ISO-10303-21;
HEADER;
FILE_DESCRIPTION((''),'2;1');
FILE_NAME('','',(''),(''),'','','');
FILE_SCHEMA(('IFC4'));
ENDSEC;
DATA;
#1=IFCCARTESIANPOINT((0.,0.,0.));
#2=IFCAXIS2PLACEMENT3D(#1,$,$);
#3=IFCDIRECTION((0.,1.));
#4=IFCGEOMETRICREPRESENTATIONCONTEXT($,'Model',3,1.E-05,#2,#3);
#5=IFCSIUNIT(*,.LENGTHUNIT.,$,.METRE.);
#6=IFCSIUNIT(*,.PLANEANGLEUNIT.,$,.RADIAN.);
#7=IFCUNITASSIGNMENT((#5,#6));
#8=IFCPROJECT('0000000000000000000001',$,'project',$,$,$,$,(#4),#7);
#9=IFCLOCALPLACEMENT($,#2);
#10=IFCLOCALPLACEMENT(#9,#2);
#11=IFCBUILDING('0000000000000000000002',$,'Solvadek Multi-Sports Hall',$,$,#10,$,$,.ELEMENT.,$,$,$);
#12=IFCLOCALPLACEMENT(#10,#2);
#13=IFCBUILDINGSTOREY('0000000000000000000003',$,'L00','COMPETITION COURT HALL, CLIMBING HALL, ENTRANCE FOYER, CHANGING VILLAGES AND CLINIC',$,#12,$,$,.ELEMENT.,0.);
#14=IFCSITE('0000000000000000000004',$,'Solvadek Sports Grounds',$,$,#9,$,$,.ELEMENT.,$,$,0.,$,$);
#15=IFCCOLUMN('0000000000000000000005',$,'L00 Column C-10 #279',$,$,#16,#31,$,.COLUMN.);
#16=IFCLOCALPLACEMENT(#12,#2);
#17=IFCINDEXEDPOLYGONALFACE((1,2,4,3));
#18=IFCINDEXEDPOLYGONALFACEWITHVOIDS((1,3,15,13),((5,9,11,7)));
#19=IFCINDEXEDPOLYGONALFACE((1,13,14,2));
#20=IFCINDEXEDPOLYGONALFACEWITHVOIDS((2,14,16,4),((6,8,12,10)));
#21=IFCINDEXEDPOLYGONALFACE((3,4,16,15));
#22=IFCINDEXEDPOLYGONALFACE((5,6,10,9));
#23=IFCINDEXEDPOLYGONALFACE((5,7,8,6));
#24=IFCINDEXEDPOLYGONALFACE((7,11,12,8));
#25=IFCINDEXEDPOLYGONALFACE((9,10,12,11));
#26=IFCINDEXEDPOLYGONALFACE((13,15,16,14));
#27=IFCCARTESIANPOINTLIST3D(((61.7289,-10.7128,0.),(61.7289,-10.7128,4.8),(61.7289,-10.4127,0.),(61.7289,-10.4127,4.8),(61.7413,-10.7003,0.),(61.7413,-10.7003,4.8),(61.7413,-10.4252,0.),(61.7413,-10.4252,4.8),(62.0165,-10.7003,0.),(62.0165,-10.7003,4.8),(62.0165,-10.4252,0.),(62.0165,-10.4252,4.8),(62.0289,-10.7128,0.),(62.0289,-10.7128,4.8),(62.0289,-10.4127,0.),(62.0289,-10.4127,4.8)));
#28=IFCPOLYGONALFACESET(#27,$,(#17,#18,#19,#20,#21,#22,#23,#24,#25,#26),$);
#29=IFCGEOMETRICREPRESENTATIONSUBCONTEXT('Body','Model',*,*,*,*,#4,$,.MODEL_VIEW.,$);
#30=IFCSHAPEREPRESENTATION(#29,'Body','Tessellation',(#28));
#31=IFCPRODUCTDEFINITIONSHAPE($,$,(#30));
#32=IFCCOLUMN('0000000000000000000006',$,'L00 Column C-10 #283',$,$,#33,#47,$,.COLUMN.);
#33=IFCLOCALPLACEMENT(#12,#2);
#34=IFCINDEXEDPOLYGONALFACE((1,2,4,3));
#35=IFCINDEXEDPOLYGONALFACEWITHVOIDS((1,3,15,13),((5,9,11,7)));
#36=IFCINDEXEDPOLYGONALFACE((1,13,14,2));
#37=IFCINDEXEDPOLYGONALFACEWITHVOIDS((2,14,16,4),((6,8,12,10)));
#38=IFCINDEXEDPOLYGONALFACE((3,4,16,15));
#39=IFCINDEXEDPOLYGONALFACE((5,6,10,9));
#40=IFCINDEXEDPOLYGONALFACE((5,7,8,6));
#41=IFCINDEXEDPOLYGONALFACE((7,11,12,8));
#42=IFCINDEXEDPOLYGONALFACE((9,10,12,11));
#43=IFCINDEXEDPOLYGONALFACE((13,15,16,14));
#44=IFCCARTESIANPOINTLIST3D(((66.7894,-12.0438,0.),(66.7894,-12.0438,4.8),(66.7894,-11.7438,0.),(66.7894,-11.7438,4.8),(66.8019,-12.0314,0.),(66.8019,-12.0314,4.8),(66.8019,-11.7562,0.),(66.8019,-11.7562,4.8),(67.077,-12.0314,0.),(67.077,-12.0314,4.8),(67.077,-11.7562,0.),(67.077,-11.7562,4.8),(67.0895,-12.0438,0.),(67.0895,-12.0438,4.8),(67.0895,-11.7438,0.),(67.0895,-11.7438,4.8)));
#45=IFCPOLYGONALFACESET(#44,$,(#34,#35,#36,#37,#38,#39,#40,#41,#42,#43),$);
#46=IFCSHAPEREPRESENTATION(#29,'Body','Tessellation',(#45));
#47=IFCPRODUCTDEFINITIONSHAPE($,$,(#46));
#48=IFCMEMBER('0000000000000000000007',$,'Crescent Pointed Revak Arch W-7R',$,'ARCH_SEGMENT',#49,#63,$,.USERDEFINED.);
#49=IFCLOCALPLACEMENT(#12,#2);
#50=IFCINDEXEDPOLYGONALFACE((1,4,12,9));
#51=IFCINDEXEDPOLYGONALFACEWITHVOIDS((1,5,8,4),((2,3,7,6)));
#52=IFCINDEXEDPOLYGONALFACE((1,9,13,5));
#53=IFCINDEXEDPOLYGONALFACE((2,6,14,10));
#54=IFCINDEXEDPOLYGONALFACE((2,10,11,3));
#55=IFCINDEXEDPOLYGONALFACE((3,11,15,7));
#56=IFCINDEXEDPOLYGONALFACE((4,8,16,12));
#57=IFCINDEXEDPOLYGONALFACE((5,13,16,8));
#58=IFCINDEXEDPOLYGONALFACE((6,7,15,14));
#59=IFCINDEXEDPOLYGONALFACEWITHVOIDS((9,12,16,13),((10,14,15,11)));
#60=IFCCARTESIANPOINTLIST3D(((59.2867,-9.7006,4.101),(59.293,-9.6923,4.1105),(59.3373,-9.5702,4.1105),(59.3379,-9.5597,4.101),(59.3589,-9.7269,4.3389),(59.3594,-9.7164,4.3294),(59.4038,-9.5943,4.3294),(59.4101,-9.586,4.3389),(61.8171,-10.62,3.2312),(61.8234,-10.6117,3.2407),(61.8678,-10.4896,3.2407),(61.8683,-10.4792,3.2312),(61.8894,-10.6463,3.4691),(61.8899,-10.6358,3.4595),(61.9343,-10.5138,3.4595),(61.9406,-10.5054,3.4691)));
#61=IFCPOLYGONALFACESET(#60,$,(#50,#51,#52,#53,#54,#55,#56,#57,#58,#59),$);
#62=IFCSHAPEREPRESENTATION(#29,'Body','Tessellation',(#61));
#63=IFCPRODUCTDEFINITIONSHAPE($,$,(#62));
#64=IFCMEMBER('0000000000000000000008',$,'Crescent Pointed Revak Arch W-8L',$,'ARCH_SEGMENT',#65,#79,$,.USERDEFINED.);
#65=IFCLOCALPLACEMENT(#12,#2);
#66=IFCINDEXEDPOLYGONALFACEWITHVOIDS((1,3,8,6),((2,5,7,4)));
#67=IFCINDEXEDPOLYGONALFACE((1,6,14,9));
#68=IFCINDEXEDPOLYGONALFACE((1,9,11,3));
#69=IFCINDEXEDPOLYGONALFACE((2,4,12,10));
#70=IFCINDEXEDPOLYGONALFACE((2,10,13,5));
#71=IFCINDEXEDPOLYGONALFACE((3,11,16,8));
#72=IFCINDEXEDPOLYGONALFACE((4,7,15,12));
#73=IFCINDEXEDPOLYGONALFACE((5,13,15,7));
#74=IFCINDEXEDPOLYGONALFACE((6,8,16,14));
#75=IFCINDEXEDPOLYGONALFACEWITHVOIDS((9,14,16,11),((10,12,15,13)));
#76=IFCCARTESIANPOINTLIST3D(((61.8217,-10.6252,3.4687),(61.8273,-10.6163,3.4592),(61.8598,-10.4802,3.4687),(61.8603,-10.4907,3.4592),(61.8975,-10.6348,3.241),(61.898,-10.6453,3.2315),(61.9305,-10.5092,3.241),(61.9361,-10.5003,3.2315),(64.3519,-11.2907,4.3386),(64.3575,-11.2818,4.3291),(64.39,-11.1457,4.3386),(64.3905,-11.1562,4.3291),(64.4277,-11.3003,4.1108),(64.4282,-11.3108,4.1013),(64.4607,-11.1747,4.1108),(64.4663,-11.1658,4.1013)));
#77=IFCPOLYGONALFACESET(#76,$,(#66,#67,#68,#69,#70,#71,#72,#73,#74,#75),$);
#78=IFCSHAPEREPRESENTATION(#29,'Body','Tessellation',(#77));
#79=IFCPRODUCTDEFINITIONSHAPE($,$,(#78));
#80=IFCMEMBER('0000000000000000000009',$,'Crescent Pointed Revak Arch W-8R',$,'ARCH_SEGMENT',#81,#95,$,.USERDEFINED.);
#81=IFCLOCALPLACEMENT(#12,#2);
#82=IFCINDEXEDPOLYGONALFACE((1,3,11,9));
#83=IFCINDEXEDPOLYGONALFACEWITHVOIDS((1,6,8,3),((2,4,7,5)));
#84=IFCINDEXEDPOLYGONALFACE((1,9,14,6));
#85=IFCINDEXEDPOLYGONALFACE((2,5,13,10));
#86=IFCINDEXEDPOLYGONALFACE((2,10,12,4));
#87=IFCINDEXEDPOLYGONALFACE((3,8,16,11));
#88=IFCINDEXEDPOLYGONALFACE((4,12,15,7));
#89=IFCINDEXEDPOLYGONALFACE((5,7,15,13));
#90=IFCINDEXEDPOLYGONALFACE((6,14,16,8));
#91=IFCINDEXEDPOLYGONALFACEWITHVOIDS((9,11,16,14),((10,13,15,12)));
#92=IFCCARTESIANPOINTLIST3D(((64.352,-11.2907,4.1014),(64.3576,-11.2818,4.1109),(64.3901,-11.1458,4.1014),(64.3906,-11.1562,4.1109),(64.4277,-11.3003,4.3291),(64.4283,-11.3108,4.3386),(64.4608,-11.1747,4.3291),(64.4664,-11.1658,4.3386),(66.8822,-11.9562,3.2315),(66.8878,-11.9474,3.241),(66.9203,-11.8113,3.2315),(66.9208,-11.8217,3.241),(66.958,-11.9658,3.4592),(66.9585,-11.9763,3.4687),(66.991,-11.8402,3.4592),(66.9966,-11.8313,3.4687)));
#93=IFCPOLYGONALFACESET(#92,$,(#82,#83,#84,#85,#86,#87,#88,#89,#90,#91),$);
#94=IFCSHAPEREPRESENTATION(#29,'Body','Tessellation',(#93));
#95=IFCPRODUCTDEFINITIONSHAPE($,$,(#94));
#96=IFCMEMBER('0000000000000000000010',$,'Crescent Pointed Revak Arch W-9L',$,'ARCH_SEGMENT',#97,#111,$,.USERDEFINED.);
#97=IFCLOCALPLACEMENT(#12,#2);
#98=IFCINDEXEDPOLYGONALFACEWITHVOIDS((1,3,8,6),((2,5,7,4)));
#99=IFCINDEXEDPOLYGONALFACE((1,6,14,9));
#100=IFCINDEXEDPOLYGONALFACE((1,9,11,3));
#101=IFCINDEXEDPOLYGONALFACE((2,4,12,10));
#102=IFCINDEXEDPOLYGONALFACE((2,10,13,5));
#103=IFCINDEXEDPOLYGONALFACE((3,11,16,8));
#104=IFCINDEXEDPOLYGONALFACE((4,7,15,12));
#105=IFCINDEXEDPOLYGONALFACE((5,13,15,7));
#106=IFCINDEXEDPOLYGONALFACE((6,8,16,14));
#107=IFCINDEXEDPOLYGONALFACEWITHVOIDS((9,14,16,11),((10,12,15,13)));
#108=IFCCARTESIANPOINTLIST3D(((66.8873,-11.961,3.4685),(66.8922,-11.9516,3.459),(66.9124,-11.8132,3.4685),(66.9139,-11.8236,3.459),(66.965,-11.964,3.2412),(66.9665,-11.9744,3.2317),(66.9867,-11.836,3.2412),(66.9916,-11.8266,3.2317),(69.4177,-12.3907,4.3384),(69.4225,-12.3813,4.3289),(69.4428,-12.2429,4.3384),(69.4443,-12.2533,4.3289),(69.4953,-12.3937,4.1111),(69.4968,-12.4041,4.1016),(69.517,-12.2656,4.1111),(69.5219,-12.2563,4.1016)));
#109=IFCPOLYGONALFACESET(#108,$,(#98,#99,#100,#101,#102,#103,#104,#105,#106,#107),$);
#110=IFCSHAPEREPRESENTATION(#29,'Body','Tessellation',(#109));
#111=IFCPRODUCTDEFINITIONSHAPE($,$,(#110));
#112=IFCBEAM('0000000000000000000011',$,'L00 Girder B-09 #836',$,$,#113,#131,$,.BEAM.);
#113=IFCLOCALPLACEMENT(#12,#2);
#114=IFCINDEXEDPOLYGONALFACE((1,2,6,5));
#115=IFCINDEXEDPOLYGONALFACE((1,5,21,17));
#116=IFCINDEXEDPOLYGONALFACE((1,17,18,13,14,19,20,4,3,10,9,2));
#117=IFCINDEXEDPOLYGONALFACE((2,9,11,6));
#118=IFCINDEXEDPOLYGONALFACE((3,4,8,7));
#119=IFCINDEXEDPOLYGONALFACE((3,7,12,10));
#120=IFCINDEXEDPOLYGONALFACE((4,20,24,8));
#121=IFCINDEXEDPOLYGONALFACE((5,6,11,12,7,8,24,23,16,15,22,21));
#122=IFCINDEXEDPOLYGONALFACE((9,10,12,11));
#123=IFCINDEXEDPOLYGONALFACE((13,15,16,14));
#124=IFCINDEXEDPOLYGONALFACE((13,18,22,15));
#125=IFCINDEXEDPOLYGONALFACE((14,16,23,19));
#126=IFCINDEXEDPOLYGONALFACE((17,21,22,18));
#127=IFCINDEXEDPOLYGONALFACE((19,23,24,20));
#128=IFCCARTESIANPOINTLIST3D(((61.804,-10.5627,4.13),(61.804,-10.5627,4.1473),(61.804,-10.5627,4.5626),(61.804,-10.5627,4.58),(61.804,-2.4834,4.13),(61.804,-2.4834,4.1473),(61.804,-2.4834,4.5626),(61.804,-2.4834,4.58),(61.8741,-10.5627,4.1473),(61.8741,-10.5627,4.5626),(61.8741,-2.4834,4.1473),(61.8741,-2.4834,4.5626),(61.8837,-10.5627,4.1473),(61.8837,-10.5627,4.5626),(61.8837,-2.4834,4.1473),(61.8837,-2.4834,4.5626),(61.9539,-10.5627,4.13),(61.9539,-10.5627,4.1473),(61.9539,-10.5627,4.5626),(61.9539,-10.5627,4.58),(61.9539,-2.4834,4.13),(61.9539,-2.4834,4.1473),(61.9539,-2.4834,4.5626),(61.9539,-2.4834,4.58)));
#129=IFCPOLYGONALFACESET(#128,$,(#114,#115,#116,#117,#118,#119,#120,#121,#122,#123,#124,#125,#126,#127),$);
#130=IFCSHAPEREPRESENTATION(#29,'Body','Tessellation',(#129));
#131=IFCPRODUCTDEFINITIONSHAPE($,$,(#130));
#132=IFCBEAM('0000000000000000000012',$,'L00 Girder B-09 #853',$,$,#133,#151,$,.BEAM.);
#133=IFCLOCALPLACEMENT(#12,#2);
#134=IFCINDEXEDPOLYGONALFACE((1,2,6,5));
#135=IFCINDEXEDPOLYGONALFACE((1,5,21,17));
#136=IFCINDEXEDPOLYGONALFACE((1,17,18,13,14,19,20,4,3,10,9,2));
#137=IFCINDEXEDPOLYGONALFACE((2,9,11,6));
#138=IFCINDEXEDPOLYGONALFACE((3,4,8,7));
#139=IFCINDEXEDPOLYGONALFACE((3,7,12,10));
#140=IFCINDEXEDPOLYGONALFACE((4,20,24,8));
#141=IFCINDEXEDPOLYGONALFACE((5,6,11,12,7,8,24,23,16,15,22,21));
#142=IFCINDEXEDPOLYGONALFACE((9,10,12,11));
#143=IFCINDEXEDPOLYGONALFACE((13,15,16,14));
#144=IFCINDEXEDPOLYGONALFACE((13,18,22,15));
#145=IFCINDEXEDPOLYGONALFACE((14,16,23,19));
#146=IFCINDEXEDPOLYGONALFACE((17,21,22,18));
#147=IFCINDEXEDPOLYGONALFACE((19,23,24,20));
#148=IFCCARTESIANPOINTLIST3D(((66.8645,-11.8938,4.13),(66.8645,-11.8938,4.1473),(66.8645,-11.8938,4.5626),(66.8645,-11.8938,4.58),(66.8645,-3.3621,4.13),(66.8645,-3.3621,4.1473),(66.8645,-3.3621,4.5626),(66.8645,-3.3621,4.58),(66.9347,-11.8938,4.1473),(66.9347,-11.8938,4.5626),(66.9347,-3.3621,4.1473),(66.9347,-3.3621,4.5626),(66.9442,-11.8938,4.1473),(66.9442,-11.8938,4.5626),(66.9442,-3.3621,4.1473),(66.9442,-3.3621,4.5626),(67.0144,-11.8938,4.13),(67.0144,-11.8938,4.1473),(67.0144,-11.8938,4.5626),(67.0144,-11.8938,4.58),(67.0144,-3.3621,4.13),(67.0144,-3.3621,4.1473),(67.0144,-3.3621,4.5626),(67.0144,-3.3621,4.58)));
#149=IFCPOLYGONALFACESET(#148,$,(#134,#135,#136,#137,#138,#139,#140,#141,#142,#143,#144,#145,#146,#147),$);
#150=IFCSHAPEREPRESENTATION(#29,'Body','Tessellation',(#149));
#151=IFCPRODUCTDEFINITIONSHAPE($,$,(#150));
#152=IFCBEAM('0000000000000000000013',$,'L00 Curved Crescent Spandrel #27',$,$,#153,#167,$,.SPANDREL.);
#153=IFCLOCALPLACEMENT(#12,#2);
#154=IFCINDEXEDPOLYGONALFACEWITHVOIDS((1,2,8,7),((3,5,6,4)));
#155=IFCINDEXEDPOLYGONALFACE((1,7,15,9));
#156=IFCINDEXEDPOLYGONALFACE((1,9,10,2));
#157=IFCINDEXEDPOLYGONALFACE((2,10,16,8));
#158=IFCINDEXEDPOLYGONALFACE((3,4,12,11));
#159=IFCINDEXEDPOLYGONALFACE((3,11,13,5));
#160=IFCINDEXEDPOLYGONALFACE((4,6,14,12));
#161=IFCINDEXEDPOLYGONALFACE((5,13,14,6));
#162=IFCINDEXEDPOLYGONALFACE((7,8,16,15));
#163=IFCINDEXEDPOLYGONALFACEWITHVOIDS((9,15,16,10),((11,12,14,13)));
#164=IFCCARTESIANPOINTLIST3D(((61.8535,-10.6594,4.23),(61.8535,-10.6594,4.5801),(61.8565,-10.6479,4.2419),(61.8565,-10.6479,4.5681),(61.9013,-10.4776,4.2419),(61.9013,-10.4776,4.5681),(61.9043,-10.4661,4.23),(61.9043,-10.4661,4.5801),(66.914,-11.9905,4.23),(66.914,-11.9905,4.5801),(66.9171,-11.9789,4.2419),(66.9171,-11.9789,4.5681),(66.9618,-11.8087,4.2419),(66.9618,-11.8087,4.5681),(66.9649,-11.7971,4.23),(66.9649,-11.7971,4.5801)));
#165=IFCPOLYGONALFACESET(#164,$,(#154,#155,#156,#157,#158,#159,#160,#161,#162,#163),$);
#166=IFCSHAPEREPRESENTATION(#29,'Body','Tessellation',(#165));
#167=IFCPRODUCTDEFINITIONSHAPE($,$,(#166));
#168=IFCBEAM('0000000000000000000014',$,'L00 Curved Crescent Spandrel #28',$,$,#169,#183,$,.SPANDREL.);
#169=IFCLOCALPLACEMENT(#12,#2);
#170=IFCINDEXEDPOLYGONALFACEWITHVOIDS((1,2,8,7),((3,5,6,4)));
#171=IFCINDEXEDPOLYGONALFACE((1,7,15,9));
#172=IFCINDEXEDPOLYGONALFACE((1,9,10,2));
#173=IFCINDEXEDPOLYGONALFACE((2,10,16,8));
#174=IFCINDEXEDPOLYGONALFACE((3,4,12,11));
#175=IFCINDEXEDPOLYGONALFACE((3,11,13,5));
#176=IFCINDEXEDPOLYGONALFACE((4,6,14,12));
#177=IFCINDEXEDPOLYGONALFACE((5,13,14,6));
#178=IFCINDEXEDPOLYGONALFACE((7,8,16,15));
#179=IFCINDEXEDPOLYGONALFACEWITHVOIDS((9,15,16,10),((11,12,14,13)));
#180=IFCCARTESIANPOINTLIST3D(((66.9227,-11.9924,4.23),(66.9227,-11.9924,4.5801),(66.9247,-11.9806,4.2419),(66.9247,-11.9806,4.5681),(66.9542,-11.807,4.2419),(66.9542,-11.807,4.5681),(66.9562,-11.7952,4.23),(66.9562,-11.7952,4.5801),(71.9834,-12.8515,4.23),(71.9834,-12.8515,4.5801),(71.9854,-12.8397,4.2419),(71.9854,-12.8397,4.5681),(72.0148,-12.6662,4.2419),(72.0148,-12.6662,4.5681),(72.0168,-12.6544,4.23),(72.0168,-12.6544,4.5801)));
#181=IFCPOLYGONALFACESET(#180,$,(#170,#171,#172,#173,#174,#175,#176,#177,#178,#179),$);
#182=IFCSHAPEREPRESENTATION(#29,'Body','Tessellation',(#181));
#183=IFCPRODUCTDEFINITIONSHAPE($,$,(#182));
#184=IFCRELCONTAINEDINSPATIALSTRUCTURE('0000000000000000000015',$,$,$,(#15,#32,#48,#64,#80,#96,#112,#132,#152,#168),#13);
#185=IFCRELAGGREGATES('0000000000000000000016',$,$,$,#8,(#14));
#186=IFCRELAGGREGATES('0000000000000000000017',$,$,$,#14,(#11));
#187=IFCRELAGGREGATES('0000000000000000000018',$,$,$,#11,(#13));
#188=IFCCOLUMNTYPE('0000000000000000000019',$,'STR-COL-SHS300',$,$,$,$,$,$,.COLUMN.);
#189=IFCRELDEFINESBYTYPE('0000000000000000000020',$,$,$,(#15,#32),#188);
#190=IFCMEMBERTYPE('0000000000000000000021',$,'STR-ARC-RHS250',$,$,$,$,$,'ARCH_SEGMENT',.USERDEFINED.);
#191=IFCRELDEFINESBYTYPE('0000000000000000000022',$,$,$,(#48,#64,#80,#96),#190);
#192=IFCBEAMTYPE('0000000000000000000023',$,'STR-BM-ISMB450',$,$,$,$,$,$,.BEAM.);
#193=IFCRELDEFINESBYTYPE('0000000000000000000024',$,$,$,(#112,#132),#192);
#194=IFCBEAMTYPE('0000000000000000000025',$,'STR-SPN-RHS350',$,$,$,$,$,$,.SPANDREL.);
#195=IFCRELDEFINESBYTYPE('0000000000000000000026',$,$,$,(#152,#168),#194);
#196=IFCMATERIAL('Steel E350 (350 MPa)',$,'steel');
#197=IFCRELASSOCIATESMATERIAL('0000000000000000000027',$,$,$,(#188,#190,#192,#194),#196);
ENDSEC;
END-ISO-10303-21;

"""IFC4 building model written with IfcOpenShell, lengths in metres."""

from ifc_helpers import new_model, si_unit, direction, frame, origin, origin_2d, place, context, subcontext, project, spatial, hollow_rectangle, i_section, extrude, material, material_profile, profile_set, type_object, element, save


model = new_model("IFC4")

# Units and contexts
model_context = context("Model", 3, precision=1e-05, world=origin(), true_north=direction((0.0, 1.0)))
body_context = subcontext(model_context, "Body", "Model", "MODEL_VIEW")
ifc_project = project(units=[si_unit("LENGTHUNIT", "METRE"), si_unit("PLANEANGLEUNIT", "RADIAN")], contexts=[model_context])

# Site, building, storey
site_placement = place(None, origin())
site = spatial("IfcSite", under=ifc_project, at=site_placement, Name="Solvadek Sports Grounds", CompositionType="ELEMENT", RefElevation=0.0)
building_placement = place(site_placement, origin())
building = spatial("IfcBuilding", under=site, at=building_placement, Name="Solvadek Multi-Sports Hall", CompositionType="ELEMENT")
storey_placement = place(building_placement, origin())
storey = spatial("IfcBuildingStorey", under=building, at=storey_placement, Name="L00", Description="COMPETITION COURT HALL, CLIMBING HALL, ENTRANCE FOYER, CHANGING VILLAGES AND CLINIC", CompositionType="ELEMENT", Elevation=0.0)

# Columns
ifc_material_1 = material(Name="Steel E350 (350 MPa)", Category="steel")
ifc_material_profile_1 = material_profile(ifc_material_1, hollow_rectangle(XDim=0.3, YDim=0.3, WallThickness=0.0125, at=origin_2d()), Name="SHS 300x300x12.5")
ifc_profile_set_1 = profile_set([ifc_material_profile_1], Name="Steel E350 (350 MPa)")
column_type = type_object("IfcColumnType", Name="STR-COL-SHS300", PredefinedType="COLUMN", material=ifc_profile_set_1)
for number, where, z_axis, x_axis, name in (
    (1, (61.8789, -10.5627, 0.0), (0.0, 0.0, 1.0), (1.0, 0.0, 0.0), "L00 Column C-10 #279"),
    (2, (66.9395, -11.8938, 0.0), (0.0, 0.0, 1.0), (1.0, 0.0, 0.0), "L00 Column C-10 #283"),
):
    element("IfcColumn", number, at=place(storey_placement, frame(where, z_axis=z_axis, x_axis=x_axis)), inside=storey, type_object=column_type, Name=name, PredefinedType="COLUMN", context=body_context, shape_type="SweptSolid", body=[
        extrude(hollow_rectangle(XDim=0.3, YDim=0.3, WallThickness=0.0125, at=origin_2d()), origin(), (0.0, 0.0, 1.0), 4.8),
    ])

# Members
ifc_material_profile_2 = material_profile(ifc_material_1, hollow_rectangle(XDim=0.1499, YDim=0.25, WallThickness=0.01, at=origin_2d()), Name="RHS 250x150x10")
ifc_profile_set_2 = profile_set([ifc_material_profile_2], Name="Steel E350 (350 MPa)")
member_type = type_object("IfcMemberType", Name="STR-ARC-RHS250", ElementType="ARCH_SEGMENT", PredefinedType="USERDEFINED", material=ifc_profile_set_2)
member_1_placement = place(storey_placement, frame((59.3484, -9.6433, 4.22), z_axis=(0.894363, -0.324956, -0.30744), x_axis=(0.341496, 0.939883, 0.0)))
element("IfcMember", 3, at=member_1_placement, inside=storey, type_object=member_type, Name="Crescent Pointed Revak Arch W-7R", ObjectType="ARCH_SEGMENT", PredefinedType="USERDEFINED", context=body_context, shape_type="SweptSolid", body=[
    extrude(hollow_rectangle(XDim=0.1499, YDim=0.25, WallThickness=0.01, at=origin_2d()), origin(), (0.0, 0.0, 1.0), 2.8293),
])
for number, where, z_axis, x_axis, name in (
    (4, (61.8789, -10.5627, 3.3501), (0.917713, -0.241382, 0.315497), (0.254374, 0.967106, 0.0), "Crescent Pointed Revak Arch W-8L"),
    (5, (64.4092, -11.2283, 4.22), (0.917713, -0.241382, -0.315497), (0.254374, 0.967106, 0.0), "Crescent Pointed Revak Arch W-8R"),
):
    element("IfcMember", number, at=place(storey_placement, frame(where, z_axis=z_axis, x_axis=x_axis)), inside=storey, type_object=member_type, Name=name, ObjectType="ARCH_SEGMENT", PredefinedType="USERDEFINED", context=body_context, shape_type="SweptSolid", body=[
        extrude(hollow_rectangle(XDim=0.1499, YDim=0.25, WallThickness=0.01, at=origin_2d()), origin(), (0.0, 0.0, 1.0), 2.7571),
    ])
member_2_placement = place(storey_placement, frame((66.9395, -11.8938, 3.3501), z_axis=(0.933712, -0.158562, 0.320997), x_axis=(0.167422, 0.985885, 0.0)))
element("IfcMember", 6, at=member_2_placement, inside=storey, type_object=member_type, Name="Crescent Pointed Revak Arch W-9L", ObjectType="ARCH_SEGMENT", PredefinedType="USERDEFINED", context=body_context, shape_type="SweptSolid", body=[
    extrude(hollow_rectangle(XDim=0.1499, YDim=0.25, WallThickness=0.01, at=origin_2d()), origin(), (0.0, 0.0, 1.0), 2.71),
])

# Beams
ifc_material_profile_3 = material_profile(ifc_material_1, i_section(OverallWidth=0.1499, OverallDepth=0.45, WebThickness=0.0095, FlangeThickness=0.0173, at=origin_2d()), Name="ISMB 450")
ifc_profile_set_3 = profile_set([ifc_material_profile_3], Name="Steel E350 (350 MPa)")
beam_type_1 = type_object("IfcBeamType", Name="STR-BM-ISMB450", PredefinedType="BEAM", material=ifc_profile_set_3)
beam_1_placement = place(storey_placement, frame((61.8789, -10.5627, 4.355), z_axis=(0.0, 1.0, 0.0), x_axis=(-1.0, 0.0, 0.0)))
element("IfcBeam", 7, at=beam_1_placement, inside=storey, type_object=beam_type_1, Name="L00 Girder B-09 #836", PredefinedType="BEAM", context=body_context, shape_type="SweptSolid", body=[
    extrude(i_section(OverallWidth=0.1499, OverallDepth=0.45, WebThickness=0.0095, FlangeThickness=0.0173, at=origin_2d()), origin(), (0.0, 0.0, 1.0), 8.0793),
])
beam_2_placement = place(storey_placement, frame((66.9395, -11.8938, 4.355), z_axis=(0.0, 1.0, 0.0), x_axis=(-1.0, 0.0, 0.0)))
element("IfcBeam", 8, at=beam_2_placement, inside=storey, type_object=beam_type_1, Name="L00 Girder B-09 #853", PredefinedType="BEAM", context=body_context, shape_type="SweptSolid", body=[
    extrude(i_section(OverallWidth=0.1499, OverallDepth=0.45, WebThickness=0.0095, FlangeThickness=0.0173, at=origin_2d()), origin(), (0.0, 0.0, 1.0), 8.5317),
])
ifc_material_profile_4 = material_profile(ifc_material_1, hollow_rectangle(XDim=0.2, YDim=0.3501, WallThickness=0.012, at=origin_2d()), Name="RHS 350x200x12")
ifc_profile_set_4 = profile_set([ifc_material_profile_4], Name="Steel E350 (350 MPa)")
beam_type_2 = type_object("IfcBeamType", Name="STR-SPN-RHS350", PredefinedType="SPANDREL", material=ifc_profile_set_4)
beam_3_placement = place(storey_placement, frame((61.8789, -10.5627, 4.405), z_axis=(0.967106, -0.254374, 0.0), x_axis=(0.254374, 0.967106, 0.0)))
element("IfcBeam", 9, at=beam_3_placement, inside=storey, type_object=beam_type_2, Name="L00 Curved Crescent Spandrel #27", PredefinedType="SPANDREL", context=body_context, shape_type="SweptSolid", body=[
    extrude(hollow_rectangle(XDim=0.2, YDim=0.3501, WallThickness=0.012, at=origin_2d()), origin(), (0.0, 0.0, 1.0), 5.2327),
])
beam_4_placement = place(storey_placement, frame((66.9395, -11.8938, 4.405), z_axis=(0.985893, -0.167375, 0.0), x_axis=(0.167375, 0.985893, 0.0)))
element("IfcBeam", 10, at=beam_4_placement, inside=storey, type_object=beam_type_2, Name="L00 Curved Crescent Spandrel #28", PredefinedType="SPANDREL", context=body_context, shape_type="SweptSolid", body=[
    extrude(hollow_rectangle(XDim=0.2, YDim=0.3501, WallThickness=0.012, at=origin_2d()), origin(), (0.0, 0.0, 1.0), 5.1331),
])

save(model, "model.ifc")
